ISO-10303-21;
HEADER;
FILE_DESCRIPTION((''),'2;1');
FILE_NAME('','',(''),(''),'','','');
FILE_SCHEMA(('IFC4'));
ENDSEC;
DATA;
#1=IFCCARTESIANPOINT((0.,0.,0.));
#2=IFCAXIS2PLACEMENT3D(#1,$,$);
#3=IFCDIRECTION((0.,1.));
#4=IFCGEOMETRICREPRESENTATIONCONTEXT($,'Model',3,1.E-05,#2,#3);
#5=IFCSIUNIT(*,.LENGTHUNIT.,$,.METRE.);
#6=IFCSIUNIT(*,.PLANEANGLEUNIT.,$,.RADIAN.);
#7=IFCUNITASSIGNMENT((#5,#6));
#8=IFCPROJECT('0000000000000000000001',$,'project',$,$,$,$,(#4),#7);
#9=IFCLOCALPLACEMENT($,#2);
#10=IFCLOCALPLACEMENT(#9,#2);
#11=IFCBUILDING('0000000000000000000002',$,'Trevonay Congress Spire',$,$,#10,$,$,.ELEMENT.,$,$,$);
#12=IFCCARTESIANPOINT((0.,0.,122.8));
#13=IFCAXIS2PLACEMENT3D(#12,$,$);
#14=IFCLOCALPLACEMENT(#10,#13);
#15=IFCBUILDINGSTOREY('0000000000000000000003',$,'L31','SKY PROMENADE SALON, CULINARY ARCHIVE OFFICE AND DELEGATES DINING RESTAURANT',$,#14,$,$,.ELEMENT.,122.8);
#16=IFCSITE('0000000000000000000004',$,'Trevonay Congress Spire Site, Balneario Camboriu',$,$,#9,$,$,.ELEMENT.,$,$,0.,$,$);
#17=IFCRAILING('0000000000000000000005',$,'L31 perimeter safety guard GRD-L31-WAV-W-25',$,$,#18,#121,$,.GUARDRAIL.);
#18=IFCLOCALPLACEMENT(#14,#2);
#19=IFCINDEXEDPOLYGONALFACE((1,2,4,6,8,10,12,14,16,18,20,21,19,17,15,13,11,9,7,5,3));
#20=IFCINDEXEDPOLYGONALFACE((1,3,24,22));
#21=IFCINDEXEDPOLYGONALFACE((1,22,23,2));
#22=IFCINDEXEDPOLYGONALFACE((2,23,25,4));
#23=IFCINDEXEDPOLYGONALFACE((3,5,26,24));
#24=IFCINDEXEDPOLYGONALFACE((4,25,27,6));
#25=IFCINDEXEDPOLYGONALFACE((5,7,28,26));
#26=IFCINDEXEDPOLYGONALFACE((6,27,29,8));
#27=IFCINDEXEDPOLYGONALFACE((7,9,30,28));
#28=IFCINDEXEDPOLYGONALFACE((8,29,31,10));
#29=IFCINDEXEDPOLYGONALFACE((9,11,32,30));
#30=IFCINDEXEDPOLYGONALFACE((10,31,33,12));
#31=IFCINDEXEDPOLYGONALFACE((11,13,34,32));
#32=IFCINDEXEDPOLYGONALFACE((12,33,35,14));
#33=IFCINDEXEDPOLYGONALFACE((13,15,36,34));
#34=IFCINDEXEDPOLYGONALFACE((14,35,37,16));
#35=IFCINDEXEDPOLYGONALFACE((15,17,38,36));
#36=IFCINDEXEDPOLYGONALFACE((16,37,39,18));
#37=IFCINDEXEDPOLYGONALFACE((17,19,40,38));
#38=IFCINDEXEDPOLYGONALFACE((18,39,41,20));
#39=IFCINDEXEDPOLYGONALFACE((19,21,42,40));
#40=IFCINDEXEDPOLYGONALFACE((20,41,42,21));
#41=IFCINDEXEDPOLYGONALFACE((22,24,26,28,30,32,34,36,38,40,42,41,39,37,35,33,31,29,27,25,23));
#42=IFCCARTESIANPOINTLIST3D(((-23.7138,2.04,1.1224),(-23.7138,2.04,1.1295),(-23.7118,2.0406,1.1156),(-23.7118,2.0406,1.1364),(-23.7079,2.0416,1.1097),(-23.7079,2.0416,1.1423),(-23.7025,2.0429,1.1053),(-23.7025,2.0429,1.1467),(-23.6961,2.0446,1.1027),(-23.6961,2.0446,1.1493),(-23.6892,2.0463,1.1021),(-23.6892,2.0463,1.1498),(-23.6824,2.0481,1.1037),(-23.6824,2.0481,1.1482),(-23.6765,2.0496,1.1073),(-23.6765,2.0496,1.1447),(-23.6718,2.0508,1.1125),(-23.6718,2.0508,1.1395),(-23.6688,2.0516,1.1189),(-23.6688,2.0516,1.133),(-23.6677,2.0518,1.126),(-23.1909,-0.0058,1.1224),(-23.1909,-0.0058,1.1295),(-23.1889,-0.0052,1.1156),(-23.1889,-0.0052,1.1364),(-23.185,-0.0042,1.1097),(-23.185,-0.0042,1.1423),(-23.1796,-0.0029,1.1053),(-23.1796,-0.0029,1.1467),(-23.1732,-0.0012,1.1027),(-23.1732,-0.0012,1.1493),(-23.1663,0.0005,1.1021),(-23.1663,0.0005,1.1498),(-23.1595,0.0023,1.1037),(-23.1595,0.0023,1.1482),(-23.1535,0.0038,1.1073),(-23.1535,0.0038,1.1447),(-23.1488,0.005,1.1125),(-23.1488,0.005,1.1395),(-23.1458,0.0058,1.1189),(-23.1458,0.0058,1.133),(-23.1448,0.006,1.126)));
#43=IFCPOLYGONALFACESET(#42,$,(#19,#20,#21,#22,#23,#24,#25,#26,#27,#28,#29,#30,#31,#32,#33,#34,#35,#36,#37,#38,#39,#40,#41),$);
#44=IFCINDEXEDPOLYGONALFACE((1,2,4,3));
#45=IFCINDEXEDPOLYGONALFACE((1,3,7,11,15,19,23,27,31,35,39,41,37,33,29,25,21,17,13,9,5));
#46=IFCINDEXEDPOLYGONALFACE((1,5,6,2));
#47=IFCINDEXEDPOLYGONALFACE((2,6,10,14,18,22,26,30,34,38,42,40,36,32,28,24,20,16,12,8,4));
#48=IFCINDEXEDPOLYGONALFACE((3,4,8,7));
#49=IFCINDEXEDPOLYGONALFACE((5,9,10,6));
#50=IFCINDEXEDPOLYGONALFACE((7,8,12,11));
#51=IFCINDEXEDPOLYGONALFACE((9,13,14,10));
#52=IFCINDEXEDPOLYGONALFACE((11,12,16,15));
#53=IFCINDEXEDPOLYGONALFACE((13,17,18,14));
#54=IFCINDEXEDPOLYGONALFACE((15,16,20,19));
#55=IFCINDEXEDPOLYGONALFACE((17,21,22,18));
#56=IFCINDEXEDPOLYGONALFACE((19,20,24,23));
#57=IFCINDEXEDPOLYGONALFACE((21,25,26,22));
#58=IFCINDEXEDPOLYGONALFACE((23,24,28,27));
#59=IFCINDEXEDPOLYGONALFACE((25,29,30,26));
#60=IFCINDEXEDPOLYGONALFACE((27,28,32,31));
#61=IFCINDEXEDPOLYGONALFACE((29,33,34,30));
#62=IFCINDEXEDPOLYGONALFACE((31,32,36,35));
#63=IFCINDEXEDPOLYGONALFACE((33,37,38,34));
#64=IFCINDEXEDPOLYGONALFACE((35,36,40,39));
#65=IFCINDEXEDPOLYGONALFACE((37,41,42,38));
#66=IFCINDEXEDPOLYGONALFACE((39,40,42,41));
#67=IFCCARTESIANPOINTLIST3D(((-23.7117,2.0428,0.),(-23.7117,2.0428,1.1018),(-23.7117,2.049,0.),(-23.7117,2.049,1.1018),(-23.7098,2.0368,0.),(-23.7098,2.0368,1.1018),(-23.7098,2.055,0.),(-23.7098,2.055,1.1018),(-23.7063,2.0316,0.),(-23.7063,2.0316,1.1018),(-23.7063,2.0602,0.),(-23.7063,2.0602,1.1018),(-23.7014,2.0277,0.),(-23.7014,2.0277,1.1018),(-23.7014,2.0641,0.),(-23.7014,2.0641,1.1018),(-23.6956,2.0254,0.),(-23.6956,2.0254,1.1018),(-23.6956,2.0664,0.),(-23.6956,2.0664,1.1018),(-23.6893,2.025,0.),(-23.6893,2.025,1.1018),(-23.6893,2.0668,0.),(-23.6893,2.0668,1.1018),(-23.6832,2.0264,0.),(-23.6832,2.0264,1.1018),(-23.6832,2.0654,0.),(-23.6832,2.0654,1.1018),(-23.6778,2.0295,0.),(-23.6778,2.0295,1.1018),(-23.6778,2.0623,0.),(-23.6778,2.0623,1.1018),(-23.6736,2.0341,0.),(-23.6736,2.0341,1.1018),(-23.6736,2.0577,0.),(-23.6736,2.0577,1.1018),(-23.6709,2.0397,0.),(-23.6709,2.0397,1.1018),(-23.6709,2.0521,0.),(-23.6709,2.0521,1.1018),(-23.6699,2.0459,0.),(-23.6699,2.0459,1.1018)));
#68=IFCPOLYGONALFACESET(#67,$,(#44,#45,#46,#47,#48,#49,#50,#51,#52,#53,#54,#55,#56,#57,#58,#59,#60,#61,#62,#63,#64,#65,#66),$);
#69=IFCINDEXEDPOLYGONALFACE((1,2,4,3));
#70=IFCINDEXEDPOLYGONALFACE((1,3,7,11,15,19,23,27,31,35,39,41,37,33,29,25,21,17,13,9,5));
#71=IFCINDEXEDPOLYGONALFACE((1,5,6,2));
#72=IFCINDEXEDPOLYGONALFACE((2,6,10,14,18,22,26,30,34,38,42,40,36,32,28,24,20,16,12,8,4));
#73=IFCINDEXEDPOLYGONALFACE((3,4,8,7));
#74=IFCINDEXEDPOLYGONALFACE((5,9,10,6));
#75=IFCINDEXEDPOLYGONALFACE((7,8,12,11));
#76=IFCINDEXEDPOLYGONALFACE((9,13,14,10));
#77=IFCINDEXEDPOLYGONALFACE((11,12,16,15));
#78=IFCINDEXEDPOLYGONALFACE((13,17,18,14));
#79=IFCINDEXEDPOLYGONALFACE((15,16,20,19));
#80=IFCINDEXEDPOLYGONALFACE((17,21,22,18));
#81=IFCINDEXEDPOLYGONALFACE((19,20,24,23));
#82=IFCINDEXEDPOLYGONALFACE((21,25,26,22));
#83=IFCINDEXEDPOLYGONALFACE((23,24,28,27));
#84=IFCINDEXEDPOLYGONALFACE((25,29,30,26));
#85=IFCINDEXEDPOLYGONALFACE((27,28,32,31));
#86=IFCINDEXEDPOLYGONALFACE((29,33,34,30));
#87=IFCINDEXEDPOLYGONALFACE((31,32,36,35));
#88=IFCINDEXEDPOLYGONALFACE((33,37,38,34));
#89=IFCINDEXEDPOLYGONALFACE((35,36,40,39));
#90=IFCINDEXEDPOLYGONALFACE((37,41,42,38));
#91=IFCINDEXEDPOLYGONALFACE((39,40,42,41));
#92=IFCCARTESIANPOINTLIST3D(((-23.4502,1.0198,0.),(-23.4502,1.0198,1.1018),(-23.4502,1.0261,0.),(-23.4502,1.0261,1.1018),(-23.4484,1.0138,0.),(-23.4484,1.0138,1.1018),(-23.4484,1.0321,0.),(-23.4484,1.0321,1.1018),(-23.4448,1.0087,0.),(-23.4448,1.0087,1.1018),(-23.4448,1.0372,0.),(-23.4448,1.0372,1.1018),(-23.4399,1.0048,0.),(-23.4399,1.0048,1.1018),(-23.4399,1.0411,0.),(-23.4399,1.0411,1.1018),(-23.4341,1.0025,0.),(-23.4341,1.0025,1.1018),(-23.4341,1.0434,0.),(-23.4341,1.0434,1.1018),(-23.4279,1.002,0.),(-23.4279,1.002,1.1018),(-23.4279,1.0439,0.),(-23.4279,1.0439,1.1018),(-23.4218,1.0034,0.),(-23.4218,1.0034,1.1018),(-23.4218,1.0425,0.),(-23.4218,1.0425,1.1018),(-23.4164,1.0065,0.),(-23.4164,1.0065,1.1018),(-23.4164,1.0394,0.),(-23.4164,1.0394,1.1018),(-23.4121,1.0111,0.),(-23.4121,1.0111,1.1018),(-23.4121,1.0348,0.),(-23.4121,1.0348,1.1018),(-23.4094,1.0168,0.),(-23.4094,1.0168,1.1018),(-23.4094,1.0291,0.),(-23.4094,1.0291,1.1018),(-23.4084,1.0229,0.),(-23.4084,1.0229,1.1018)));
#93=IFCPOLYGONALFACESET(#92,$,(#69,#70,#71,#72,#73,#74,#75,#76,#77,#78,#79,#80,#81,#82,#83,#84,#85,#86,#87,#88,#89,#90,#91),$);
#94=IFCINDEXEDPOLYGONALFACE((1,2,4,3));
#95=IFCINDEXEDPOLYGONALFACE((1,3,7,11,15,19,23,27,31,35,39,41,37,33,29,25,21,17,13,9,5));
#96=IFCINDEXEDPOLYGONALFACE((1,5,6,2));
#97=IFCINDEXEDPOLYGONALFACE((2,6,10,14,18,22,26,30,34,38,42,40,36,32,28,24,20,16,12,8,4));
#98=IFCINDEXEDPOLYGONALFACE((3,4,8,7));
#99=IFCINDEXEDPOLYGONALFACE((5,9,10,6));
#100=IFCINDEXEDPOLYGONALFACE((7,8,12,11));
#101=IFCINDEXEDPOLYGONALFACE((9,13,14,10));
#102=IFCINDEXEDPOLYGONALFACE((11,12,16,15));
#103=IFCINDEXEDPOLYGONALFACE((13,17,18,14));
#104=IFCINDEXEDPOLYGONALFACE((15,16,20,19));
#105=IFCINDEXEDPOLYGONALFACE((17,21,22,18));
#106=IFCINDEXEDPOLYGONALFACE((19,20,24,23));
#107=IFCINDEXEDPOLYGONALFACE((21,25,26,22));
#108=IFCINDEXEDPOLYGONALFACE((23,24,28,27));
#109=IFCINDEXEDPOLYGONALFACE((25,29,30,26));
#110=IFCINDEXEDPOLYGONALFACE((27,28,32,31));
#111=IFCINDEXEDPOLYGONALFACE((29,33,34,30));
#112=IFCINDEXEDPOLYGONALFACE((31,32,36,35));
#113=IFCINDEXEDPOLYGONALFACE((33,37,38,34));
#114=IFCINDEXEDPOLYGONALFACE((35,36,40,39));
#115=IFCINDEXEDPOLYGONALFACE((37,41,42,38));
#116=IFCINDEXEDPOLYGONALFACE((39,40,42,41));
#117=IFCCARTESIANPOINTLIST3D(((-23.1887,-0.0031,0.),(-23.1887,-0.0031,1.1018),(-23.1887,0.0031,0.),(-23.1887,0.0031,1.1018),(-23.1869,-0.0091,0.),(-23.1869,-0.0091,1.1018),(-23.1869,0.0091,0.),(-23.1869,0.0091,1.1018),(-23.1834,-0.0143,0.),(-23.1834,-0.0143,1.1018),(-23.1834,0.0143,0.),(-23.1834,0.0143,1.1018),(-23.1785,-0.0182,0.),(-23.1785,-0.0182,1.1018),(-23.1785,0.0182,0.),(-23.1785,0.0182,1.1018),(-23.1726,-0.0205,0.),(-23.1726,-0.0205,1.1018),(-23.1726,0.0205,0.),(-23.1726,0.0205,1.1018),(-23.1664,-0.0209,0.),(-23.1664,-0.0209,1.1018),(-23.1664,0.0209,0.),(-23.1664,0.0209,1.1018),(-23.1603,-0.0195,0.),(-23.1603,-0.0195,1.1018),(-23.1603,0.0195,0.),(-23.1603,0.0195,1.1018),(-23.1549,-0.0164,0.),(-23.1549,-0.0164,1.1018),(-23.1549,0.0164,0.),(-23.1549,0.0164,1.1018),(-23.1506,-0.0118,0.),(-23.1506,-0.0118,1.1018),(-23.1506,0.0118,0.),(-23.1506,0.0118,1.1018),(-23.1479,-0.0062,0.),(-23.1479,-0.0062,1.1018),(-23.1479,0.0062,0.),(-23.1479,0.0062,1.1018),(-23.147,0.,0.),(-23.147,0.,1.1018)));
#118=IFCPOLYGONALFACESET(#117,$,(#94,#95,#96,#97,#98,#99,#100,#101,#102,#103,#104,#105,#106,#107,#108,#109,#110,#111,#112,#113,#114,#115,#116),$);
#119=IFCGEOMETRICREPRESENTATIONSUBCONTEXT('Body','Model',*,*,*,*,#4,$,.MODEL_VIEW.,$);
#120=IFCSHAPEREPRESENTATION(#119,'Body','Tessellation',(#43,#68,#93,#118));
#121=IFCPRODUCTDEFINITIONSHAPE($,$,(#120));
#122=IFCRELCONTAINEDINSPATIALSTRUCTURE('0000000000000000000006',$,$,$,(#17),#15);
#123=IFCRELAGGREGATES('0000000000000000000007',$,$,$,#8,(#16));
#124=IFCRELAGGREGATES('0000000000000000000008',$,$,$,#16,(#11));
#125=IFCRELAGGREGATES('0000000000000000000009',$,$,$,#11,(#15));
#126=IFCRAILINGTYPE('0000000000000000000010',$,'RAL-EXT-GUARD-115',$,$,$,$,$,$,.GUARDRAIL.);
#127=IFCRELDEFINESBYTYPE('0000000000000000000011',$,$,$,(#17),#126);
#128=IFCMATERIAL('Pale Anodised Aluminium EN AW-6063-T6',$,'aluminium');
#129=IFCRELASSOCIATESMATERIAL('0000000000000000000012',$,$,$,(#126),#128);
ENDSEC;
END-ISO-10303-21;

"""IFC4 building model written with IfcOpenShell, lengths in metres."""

from ifc_helpers import new_model, si_unit, direction, frame, origin, origin_2d, place, context, subcontext, project, spatial, circle, extrude, material, type_object, element, save


model = new_model("IFC4")

# Units and contexts
model_context = context("Model", 3, precision=1e-05, world=origin(), true_north=direction((0.0, 1.0)))
body_context = subcontext(model_context, "Body", "Model", "MODEL_VIEW")
ifc_project = project(units=[si_unit("LENGTHUNIT", "METRE"), si_unit("PLANEANGLEUNIT", "RADIAN")], contexts=[model_context])

# Site, building, storey
site_placement = place(None, origin())
site = spatial("IfcSite", under=ifc_project, at=site_placement, Name="Trevonay Congress Spire Site, Balneario Camboriu", CompositionType="ELEMENT", RefElevation=0.0)
building_placement = place(site_placement, origin())
building = spatial("IfcBuilding", under=site, at=building_placement, Name="Trevonay Congress Spire", CompositionType="ELEMENT")
storey_placement = place(building_placement, frame((0.0, 0.0, 122.8)))
storey = spatial("IfcBuildingStorey", under=building, at=storey_placement, Name="L31", Description="SKY PROMENADE SALON, CULINARY ARCHIVE OFFICE AND DELEGATES DINING RESTAURANT", CompositionType="ELEMENT", Elevation=122.8)

# Shared definitions
ifc_material_1 = material(Name="Pale Anodised Aluminium EN AW-6063-T6", Category="aluminium")

# Railing
railing_type = type_object("IfcRailingType", Name="RAL-EXT-GUARD-115", PredefinedType="GUARDRAIL", material=ifc_material_1)
railing_1_placement = place(storey_placement, frame((-23.6909, 2.0459, 0.0)))
element("IfcRailing", 1, at=railing_1_placement, inside=storey, type_object=railing_type, Name="L31 perimeter safety guard GRD-L31-WAV-W-25", PredefinedType="GUARDRAIL", context=body_context, shape_type="SweptSolid", body=[
    extrude(circle(Radius=0.0239, at=origin_2d()), frame((0.0, 0.0, 1.126), z_axis=(0.247647, -0.96885, 0.0), x_axis=(0.96885, 0.247647, 0.0)), (0.0, 0.0, 1.0), 2.1116),
    extrude(circle(Radius=0.021, at=origin_2d()), origin(), (0.0, 0.0, 1.0), 1.1018),
    extrude(circle(Radius=0.021, at=origin_2d()), frame((0.2615, -1.0229, 0.0)), (0.0, 0.0, 1.0), 1.1018),
    extrude(circle(Radius=0.021, at=origin_2d()), frame((0.5229, -2.0459, 0.0)), (0.0, 0.0, 1.0), 1.1018),
])

save(model, "model.ifc")
